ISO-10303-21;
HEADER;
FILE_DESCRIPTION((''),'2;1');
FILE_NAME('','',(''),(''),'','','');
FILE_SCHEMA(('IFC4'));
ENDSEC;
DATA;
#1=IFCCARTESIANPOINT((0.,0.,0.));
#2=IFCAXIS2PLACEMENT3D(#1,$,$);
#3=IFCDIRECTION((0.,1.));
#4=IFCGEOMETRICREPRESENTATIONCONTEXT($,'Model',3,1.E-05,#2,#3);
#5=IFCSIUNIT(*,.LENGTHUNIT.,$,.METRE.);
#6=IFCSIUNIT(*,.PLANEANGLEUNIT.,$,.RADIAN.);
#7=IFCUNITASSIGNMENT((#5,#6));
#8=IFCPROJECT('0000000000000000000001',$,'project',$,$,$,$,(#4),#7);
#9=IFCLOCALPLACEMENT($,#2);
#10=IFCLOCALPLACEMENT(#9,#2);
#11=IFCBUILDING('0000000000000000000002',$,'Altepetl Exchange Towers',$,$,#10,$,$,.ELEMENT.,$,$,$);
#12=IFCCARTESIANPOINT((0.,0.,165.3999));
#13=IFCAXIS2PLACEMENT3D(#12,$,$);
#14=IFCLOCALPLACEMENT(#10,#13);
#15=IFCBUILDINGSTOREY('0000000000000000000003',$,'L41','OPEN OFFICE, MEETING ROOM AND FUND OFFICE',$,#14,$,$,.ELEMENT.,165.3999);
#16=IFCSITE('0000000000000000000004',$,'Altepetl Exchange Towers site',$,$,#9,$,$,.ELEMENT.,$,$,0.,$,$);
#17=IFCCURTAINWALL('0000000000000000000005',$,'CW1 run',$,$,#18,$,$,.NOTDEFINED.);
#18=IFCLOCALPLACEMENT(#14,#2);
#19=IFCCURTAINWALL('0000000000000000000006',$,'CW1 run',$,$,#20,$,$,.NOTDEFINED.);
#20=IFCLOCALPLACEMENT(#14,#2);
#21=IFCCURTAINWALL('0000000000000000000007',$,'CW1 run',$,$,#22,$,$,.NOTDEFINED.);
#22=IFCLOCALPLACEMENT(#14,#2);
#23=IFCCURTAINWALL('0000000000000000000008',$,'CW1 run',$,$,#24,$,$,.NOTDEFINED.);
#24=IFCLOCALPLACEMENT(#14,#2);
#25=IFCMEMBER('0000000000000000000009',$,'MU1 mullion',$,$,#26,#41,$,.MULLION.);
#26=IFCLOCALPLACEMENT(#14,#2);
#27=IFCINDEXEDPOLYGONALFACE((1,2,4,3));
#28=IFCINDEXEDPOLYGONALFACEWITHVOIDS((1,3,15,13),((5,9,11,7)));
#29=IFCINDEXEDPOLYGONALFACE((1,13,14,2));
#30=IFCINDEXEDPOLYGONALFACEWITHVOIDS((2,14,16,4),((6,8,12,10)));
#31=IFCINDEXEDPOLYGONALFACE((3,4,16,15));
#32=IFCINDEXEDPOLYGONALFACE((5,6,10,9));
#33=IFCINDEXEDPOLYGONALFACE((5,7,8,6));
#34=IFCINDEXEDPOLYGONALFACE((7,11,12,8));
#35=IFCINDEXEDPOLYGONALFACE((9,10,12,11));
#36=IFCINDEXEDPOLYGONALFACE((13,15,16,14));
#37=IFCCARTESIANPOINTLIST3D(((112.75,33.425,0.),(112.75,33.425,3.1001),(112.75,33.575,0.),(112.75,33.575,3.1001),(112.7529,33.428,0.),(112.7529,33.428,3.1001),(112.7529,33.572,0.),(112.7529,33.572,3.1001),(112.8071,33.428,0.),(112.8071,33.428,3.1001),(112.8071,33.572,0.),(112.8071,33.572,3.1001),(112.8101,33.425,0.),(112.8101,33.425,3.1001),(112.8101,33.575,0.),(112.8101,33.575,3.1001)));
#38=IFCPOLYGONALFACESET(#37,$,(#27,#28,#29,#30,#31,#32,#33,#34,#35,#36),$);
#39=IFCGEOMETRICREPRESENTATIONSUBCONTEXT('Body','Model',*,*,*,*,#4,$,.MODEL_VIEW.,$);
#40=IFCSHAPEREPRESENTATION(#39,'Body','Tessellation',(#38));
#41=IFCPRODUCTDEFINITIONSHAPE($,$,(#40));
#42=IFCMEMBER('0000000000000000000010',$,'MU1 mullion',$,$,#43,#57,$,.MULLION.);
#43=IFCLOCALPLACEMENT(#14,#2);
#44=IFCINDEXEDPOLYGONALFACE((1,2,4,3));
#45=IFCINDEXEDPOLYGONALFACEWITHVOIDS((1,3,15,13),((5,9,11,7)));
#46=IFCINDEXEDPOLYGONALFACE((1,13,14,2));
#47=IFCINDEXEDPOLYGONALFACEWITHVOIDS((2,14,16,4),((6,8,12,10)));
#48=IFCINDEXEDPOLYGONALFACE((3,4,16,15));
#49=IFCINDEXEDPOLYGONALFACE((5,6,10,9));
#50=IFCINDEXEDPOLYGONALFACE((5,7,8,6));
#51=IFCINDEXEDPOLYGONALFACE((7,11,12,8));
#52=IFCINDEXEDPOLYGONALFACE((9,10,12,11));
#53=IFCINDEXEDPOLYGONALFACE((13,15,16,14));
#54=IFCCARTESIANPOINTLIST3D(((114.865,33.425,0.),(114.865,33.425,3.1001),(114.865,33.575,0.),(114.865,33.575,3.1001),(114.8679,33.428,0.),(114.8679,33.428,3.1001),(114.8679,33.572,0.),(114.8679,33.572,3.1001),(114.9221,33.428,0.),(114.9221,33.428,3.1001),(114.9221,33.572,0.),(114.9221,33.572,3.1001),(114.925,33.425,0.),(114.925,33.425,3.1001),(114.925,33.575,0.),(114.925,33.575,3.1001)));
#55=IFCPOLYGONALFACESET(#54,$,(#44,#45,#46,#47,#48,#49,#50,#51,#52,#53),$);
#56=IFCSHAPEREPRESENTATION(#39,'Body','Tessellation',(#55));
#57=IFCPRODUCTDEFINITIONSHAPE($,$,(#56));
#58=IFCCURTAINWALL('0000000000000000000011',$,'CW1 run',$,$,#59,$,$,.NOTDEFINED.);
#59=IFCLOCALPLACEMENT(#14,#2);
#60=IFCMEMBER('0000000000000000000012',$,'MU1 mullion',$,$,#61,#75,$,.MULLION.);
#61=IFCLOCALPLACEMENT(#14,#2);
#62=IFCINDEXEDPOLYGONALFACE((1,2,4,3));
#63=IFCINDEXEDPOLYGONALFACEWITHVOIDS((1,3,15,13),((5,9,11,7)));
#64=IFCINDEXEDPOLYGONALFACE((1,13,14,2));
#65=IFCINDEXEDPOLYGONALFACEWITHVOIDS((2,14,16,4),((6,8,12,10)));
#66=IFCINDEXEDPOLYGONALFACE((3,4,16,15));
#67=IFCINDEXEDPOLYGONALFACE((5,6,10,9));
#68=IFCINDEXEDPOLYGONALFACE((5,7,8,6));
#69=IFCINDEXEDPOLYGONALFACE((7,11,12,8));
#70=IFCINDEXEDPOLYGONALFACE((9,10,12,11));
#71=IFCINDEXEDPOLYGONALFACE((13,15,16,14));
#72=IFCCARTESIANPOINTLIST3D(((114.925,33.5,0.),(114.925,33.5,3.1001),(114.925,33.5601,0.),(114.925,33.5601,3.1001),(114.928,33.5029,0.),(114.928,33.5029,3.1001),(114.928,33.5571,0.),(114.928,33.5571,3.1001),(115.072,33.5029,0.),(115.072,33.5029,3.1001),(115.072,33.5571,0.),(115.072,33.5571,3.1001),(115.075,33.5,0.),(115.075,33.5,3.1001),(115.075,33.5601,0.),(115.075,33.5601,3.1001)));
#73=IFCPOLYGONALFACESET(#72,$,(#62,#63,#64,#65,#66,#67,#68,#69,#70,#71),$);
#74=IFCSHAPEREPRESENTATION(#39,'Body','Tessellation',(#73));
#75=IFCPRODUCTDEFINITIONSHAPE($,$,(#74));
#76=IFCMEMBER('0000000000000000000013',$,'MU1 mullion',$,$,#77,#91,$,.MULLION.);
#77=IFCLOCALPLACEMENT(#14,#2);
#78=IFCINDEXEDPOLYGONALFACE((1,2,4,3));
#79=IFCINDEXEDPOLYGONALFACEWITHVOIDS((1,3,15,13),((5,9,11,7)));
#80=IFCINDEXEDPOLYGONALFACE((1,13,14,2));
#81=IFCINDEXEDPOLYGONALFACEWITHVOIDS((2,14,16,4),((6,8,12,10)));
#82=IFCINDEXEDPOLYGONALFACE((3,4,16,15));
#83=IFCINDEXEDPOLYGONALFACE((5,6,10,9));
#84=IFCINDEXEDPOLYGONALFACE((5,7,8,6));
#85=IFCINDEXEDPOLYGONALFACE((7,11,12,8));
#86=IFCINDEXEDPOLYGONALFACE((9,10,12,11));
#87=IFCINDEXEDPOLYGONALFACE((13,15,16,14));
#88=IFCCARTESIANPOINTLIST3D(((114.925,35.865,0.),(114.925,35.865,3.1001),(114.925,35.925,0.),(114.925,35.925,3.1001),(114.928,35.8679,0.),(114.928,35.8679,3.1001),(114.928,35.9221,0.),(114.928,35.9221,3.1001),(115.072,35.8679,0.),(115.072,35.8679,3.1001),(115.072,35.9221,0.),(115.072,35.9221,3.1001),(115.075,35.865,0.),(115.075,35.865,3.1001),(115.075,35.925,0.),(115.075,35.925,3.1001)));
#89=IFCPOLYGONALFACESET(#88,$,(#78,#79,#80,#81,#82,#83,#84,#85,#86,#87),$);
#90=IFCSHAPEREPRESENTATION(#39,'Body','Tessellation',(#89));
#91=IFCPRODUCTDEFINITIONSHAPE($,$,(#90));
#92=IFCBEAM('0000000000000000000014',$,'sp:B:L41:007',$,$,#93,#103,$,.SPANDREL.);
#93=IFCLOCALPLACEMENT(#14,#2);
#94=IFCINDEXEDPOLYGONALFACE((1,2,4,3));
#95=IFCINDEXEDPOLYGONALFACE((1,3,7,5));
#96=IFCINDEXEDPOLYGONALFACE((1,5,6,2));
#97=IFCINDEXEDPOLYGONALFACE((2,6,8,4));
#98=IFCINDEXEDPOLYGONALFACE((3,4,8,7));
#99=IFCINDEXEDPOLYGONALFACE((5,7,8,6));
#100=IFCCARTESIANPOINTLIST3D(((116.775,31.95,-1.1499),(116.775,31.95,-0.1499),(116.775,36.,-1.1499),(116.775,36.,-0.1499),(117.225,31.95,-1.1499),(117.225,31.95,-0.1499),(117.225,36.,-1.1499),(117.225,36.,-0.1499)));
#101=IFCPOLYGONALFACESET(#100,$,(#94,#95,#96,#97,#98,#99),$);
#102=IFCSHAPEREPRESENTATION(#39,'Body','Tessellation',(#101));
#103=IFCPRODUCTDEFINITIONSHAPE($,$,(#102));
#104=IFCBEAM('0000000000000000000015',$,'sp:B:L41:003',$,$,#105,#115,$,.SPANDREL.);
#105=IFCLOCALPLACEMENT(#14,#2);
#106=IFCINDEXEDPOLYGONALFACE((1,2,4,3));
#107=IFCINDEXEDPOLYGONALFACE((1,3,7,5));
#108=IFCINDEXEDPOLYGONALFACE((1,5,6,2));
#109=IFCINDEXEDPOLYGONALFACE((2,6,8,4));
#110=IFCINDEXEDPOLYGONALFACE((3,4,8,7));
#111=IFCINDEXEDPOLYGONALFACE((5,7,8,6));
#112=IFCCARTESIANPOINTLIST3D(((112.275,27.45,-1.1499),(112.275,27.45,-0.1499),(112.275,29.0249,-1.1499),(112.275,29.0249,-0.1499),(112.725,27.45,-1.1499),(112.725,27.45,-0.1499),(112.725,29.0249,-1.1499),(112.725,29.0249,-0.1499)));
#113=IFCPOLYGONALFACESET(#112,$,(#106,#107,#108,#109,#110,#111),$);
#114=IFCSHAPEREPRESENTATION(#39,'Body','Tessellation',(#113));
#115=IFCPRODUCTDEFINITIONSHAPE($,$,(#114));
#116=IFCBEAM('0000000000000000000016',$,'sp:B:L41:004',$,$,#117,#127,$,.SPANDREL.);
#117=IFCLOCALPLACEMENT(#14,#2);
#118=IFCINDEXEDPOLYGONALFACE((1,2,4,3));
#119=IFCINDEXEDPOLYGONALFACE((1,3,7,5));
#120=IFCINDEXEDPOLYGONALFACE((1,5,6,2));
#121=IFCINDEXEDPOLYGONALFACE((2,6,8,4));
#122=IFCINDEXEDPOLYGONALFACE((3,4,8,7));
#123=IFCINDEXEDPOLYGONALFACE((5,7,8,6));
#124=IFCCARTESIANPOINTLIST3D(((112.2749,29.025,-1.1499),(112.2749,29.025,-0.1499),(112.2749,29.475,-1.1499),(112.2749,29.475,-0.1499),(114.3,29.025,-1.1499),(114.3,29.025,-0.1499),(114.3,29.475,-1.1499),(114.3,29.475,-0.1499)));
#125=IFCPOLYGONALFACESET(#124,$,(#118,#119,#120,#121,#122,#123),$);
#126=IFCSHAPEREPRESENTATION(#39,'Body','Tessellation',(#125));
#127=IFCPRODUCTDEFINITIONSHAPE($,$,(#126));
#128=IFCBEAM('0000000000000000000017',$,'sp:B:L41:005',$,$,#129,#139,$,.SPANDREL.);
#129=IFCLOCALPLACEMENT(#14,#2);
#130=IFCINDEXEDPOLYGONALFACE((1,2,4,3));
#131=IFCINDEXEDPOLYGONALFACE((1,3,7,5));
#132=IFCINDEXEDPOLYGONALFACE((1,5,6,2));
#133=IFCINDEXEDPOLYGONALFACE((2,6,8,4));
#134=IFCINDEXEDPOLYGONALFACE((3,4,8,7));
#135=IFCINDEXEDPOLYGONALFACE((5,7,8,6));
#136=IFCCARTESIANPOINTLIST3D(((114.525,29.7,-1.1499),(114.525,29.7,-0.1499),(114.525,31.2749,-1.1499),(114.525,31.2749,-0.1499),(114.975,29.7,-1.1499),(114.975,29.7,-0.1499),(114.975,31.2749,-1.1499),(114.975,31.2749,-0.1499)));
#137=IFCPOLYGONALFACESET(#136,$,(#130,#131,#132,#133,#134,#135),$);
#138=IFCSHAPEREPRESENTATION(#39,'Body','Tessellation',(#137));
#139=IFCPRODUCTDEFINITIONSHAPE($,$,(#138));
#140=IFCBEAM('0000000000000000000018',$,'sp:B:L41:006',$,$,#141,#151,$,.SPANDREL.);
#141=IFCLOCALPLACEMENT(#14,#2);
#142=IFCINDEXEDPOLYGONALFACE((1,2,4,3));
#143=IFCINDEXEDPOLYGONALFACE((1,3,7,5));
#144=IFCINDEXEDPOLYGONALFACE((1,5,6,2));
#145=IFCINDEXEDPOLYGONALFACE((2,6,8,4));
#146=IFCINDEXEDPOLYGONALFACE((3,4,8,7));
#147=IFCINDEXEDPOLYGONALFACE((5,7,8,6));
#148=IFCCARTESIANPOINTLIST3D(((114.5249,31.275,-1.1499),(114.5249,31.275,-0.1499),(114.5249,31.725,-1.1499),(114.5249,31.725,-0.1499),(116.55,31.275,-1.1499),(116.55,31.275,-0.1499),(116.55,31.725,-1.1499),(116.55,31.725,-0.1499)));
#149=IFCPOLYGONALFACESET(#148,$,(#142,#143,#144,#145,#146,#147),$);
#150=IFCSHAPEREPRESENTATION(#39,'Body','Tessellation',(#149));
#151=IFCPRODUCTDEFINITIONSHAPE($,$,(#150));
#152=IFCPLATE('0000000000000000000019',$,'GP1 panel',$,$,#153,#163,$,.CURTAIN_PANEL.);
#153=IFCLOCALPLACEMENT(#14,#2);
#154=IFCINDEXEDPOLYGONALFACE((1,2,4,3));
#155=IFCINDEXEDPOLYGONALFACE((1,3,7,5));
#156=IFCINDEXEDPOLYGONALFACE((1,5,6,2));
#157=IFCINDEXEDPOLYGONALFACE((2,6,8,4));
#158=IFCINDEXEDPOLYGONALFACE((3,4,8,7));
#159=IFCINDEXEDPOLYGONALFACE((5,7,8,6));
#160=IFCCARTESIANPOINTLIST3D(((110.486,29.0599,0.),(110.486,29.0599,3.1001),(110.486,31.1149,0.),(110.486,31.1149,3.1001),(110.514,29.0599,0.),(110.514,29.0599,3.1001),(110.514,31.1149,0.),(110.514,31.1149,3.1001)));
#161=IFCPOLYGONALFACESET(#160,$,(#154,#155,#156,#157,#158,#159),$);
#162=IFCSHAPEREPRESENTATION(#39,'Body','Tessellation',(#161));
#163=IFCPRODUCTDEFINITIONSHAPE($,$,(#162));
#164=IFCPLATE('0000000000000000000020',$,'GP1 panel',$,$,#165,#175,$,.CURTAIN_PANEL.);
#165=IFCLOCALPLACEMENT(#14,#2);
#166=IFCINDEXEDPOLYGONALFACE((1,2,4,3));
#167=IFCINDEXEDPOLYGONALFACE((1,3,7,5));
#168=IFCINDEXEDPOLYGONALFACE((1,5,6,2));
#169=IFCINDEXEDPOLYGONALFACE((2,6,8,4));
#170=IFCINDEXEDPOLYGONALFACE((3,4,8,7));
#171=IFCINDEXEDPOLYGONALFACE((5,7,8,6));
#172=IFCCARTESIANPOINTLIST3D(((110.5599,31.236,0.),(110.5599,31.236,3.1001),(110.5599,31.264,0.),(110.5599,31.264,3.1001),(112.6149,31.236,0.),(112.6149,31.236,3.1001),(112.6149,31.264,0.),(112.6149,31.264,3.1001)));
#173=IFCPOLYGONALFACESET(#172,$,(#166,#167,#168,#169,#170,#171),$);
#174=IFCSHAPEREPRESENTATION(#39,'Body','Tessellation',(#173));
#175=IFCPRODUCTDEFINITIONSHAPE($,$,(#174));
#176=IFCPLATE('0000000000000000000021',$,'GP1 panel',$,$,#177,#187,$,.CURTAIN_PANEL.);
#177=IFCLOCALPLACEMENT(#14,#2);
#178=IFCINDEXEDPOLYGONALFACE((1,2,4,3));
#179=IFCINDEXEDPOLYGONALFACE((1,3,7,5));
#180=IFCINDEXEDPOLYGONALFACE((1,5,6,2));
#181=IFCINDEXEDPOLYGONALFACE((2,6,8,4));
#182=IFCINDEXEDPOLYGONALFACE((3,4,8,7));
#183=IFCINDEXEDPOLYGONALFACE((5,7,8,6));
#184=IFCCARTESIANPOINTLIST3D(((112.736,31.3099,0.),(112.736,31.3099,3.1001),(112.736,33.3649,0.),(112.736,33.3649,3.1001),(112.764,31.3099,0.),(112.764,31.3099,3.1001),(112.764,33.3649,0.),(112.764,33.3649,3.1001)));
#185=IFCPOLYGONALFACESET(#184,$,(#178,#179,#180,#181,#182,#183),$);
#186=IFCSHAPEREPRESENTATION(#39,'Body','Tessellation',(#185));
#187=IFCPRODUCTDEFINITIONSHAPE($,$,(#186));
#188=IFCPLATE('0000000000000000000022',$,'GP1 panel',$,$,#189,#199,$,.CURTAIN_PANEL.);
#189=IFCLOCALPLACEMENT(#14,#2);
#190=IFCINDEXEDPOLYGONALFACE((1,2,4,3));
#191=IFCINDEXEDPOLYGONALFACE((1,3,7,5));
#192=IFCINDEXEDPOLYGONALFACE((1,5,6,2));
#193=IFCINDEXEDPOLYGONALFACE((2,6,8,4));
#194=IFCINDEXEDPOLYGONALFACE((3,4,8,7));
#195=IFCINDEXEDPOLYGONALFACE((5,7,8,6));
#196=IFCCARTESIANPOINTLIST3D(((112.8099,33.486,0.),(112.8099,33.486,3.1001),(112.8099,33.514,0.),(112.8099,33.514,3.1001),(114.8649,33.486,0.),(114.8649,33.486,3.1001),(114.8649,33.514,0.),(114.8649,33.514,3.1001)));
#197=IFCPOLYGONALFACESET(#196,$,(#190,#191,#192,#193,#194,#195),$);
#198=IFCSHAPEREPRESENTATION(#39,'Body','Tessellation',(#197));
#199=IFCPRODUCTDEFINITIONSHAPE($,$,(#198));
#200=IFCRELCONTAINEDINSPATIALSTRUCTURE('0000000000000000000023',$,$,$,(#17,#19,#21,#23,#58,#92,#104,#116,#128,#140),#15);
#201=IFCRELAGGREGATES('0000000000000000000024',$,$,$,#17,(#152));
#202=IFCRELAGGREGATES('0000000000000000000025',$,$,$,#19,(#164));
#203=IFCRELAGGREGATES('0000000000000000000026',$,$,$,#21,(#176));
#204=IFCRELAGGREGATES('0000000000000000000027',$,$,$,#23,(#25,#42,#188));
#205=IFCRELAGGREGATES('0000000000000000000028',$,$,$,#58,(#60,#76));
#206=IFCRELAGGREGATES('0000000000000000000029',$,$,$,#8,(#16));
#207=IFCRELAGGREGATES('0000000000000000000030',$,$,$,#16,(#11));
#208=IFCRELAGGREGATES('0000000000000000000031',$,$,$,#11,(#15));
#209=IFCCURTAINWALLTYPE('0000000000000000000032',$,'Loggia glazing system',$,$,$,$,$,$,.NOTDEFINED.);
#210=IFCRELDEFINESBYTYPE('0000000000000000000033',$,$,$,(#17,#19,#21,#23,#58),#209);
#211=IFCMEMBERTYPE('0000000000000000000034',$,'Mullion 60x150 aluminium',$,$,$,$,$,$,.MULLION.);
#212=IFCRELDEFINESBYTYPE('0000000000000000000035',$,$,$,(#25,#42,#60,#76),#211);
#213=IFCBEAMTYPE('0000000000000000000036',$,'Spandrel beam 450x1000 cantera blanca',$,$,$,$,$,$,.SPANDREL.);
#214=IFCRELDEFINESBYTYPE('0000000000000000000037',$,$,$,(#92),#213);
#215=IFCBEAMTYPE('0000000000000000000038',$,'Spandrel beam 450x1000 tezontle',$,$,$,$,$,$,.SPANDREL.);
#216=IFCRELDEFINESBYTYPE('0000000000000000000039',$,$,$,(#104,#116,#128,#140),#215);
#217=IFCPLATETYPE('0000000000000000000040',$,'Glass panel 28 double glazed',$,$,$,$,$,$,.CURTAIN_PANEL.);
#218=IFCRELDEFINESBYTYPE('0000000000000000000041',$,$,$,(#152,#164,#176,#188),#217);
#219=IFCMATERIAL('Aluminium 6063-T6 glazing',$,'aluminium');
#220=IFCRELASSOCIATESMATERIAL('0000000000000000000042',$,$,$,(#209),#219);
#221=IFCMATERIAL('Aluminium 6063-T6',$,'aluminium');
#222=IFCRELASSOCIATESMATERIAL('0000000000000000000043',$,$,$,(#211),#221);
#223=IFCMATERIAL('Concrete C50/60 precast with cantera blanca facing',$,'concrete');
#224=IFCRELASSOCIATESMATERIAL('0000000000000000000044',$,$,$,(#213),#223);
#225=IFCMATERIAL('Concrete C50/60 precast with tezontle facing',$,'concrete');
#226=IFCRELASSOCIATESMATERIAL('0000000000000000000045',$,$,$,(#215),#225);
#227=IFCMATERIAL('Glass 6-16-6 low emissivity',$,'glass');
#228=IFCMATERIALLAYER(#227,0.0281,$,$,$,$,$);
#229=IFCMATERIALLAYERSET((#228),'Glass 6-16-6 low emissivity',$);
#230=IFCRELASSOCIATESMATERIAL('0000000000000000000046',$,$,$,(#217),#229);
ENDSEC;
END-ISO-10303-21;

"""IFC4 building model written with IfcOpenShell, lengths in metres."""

from ifc_helpers import new_model, si_unit, direction, frame, origin, origin_2d, place, context, subcontext, project, spatial, rectangle, hollow_rectangle, extrude, material, layer, layer_set, material_profile, profile_set, type_object, element, aggregate, save


model = new_model("IFC4")

# Units and contexts
model_context = context("Model", 3, precision=1e-05, world=origin(), true_north=direction((0.0, 1.0)))
body_context = subcontext(model_context, "Body", "Model", "MODEL_VIEW")
ifc_project = project(units=[si_unit("LENGTHUNIT", "METRE"), si_unit("PLANEANGLEUNIT", "RADIAN")], contexts=[model_context])

# Site, building, storey
site_placement = place(None, origin())
site = spatial("IfcSite", under=ifc_project, at=site_placement, Name="Altepetl Exchange Towers site", CompositionType="ELEMENT", RefElevation=0.0)
building_placement = place(site_placement, origin())
building = spatial("IfcBuilding", under=site, at=building_placement, Name="Altepetl Exchange Towers", CompositionType="ELEMENT")
storey_placement = place(building_placement, frame((0.0, 0.0, 165.3999)))
storey = spatial("IfcBuildingStorey", under=building, at=storey_placement, Name="L41", Description="OPEN OFFICE, MEETING ROOM AND FUND OFFICE", CompositionType="ELEMENT", Elevation=165.3999)

# Shared definitions
ifc_material_1 = material(Name="Aluminium 6063-T6 glazing", Category="aluminium")
curtain_wall_type = type_object("IfcCurtainWallType", Name="Loggia glazing system", PredefinedType="NOTDEFINED", material=ifc_material_1)
ifc_material_2 = material(Name="Aluminium 6063-T6", Category="aluminium")
ifc_material_profile_1 = material_profile(ifc_material_2, hollow_rectangle(XDim=0.0601, YDim=0.1499, WallThickness=0.0029, at=origin_2d()), Name="Mullion 60x150 aluminium")
ifc_profile_set_1 = profile_set([ifc_material_profile_1], Name="Aluminium 6063-T6")
member_type = type_object("IfcMemberType", Name="Mullion 60x150 aluminium", PredefinedType="MULLION", material=ifc_profile_set_1)

# Curtain walls, members
curtain_wall_1_placement = place(storey_placement, origin())
curtain_wall_1 = element("IfcCurtainWall", 1, at=curtain_wall_1_placement, inside=storey, type_object=curtain_wall_type, Name="CW1 run", PredefinedType="NOTDEFINED")
curtain_wall_2_placement = place(storey_placement, origin())
curtain_wall_2 = element("IfcCurtainWall", 2, at=curtain_wall_2_placement, inside=storey, type_object=curtain_wall_type, Name="CW1 run", PredefinedType="NOTDEFINED")
curtain_wall_3_placement = place(storey_placement, origin())
curtain_wall_3 = element("IfcCurtainWall", 3, at=curtain_wall_3_placement, inside=storey, type_object=curtain_wall_type, Name="CW1 run", PredefinedType="NOTDEFINED")
curtain_wall_4_placement = place(storey_placement, origin())
curtain_wall_4 = element("IfcCurtainWall", 4, at=curtain_wall_4_placement, inside=storey, type_object=curtain_wall_type, Name="CW1 run", PredefinedType="NOTDEFINED")
member_1_placement = place(storey_placement, frame((112.78, 33.5, 0.0)))
member_1 = element("IfcMember", 5, at=member_1_placement, type_object=member_type, Name="MU1 mullion", PredefinedType="MULLION", context=body_context, shape_type="SweptSolid", body=[
    extrude(hollow_rectangle(XDim=0.0601, YDim=0.1499, WallThickness=0.0029, at=origin_2d()), origin(), (0.0, 0.0, 1.0), 3.1001),
])
member_2_placement = place(storey_placement, frame((114.895, 33.5, 0.0)))
member_2 = element("IfcMember", 6, at=member_2_placement, type_object=member_type, Name="MU1 mullion", PredefinedType="MULLION", context=body_context, shape_type="SweptSolid", body=[
    extrude(hollow_rectangle(XDim=0.0601, YDim=0.1499, WallThickness=0.0029, at=origin_2d()), origin(), (0.0, 0.0, 1.0), 3.1001),
])
curtain_wall_5_placement = place(storey_placement, origin())
curtain_wall_5 = element("IfcCurtainWall", 7, at=curtain_wall_5_placement, inside=storey, type_object=curtain_wall_type, Name="CW1 run", PredefinedType="NOTDEFINED")
member_3_placement = place(storey_placement, frame((115.0, 33.53, 0.0), z_axis=(0.0, 0.0, 1.0), x_axis=(0.0, 1.0, 0.0)))
member_3 = element("IfcMember", 8, at=member_3_placement, type_object=member_type, Name="MU1 mullion", PredefinedType="MULLION", context=body_context, shape_type="SweptSolid", body=[
    extrude(hollow_rectangle(XDim=0.0601, YDim=0.1499, WallThickness=0.0029, at=origin_2d()), origin(), (0.0, 0.0, 1.0), 3.1001),
])
member_4_placement = place(storey_placement, frame((115.0, 35.895, 0.0), z_axis=(0.0, 0.0, 1.0), x_axis=(0.0, 1.0, 0.0)))
member_4 = element("IfcMember", 9, at=member_4_placement, type_object=member_type, Name="MU1 mullion", PredefinedType="MULLION", context=body_context, shape_type="SweptSolid", body=[
    extrude(hollow_rectangle(XDim=0.0601, YDim=0.1499, WallThickness=0.0029, at=origin_2d()), origin(), (0.0, 0.0, 1.0), 3.1001),
])

# Beams
ifc_material_3 = material(Name="Concrete C50/60 precast with cantera blanca facing", Category="concrete")
ifc_material_profile_2 = material_profile(ifc_material_3, rectangle(XDim=0.45, YDim=1.0, at=origin_2d()), Name="450 x 1000")
ifc_profile_set_2 = profile_set([ifc_material_profile_2], Name="Concrete C50/60 precast with cantera blanca facing")
beam_type_1 = type_object("IfcBeamType", Name="Spandrel beam 450x1000 cantera blanca", PredefinedType="SPANDREL", material=ifc_profile_set_2)
beam_1_placement = place(storey_placement, frame((117.0, 31.95, -0.6499), z_axis=(0.0, 1.0, 0.0), x_axis=(-1.0, 0.0, 0.0)))
element("IfcBeam", 10, at=beam_1_placement, inside=storey, type_object=beam_type_1, Name="sp:B:L41:007", PredefinedType="SPANDREL", context=body_context, shape_type="SweptSolid", body=[
    extrude(rectangle(XDim=0.45, YDim=1.0, at=origin_2d()), origin(), (0.0, 0.0, 1.0), 4.05),
])
ifc_material_4 = material(Name="Concrete C50/60 precast with tezontle facing", Category="concrete")
ifc_material_profile_3 = material_profile(ifc_material_4, rectangle(XDim=0.45, YDim=1.0, at=origin_2d()), Name="450 x 1000")
ifc_profile_set_3 = profile_set([ifc_material_profile_3], Name="Concrete C50/60 precast with tezontle facing")
beam_type_2 = type_object("IfcBeamType", Name="Spandrel beam 450x1000 tezontle", PredefinedType="SPANDREL", material=ifc_profile_set_3)
beam_2_placement = place(storey_placement, frame((112.5, 27.45, -0.6499), z_axis=(0.0, 1.0, 0.0), x_axis=(-1.0, 0.0, 0.0)))
element("IfcBeam", 11, at=beam_2_placement, inside=storey, type_object=beam_type_2, Name="sp:B:L41:003", PredefinedType="SPANDREL", context=body_context, shape_type="SweptSolid", body=[
    extrude(rectangle(XDim=0.45, YDim=1.0, at=origin_2d()), origin(), (0.0, 0.0, 1.0), 1.575),
])
beam_3_placement = place(storey_placement, frame((112.2749, 29.25, -0.6499), z_axis=(1.0, 0.0, 0.0), x_axis=(0.0, 1.0, 0.0)))
element("IfcBeam", 12, at=beam_3_placement, inside=storey, type_object=beam_type_2, Name="sp:B:L41:004", PredefinedType="SPANDREL", context=body_context, shape_type="SweptSolid", body=[
    extrude(rectangle(XDim=0.45, YDim=1.0, at=origin_2d()), origin(), (0.0, 0.0, 1.0), 2.0251),
])
beam_4_placement = place(storey_placement, frame((114.75, 29.7, -0.6499), z_axis=(0.0, 1.0, 0.0), x_axis=(-1.0, 0.0, 0.0)))
element("IfcBeam", 13, at=beam_4_placement, inside=storey, type_object=beam_type_2, Name="sp:B:L41:005", PredefinedType="SPANDREL", context=body_context, shape_type="SweptSolid", body=[
    extrude(rectangle(XDim=0.45, YDim=1.0, at=origin_2d()), origin(), (0.0, 0.0, 1.0), 1.575),
])
beam_5_placement = place(storey_placement, frame((114.5249, 31.5, -0.6499), z_axis=(1.0, 0.0, 0.0), x_axis=(0.0, 1.0, 0.0)))
element("IfcBeam", 14, at=beam_5_placement, inside=storey, type_object=beam_type_2, Name="sp:B:L41:006", PredefinedType="SPANDREL", context=body_context, shape_type="SweptSolid", body=[
    extrude(rectangle(XDim=0.45, YDim=1.0, at=origin_2d()), origin(), (0.0, 0.0, 1.0), 2.0251),
])

# Plates
ifc_material_5 = material(Name="Glass 6-16-6 low emissivity", Category="glass")
ifc_layer_1 = layer(ifc_material_5, 0.0281)
ifc_layer_set_1 = layer_set([ifc_layer_1], Name="Glass 6-16-6 low emissivity")
plate_type = type_object("IfcPlateType", Name="Glass panel 28 double glazed", PredefinedType="CURTAIN_PANEL", material=ifc_layer_set_1)
plate_1_placement = place(storey_placement, frame((110.5, 30.0874, 0.0), z_axis=(0.0, 0.0, 1.0), x_axis=(0.0, 1.0, 0.0)))
plate_1 = element("IfcPlate", 15, at=plate_1_placement, type_object=plate_type, Name="GP1 panel", PredefinedType="CURTAIN_PANEL", context=body_context, shape_type="SweptSolid", body=[
    extrude(rectangle(XDim=2.0549, YDim=0.0281, at=origin_2d()), origin(), (0.0, 0.0, 1.0), 3.1001),
])
aggregate(curtain_wall_1, [plate_1])
plate_2_placement = place(storey_placement, frame((111.5874, 31.25, 0.0)))
plate_2 = element("IfcPlate", 16, at=plate_2_placement, type_object=plate_type, Name="GP1 panel", PredefinedType="CURTAIN_PANEL", context=body_context, shape_type="SweptSolid", body=[
    extrude(rectangle(XDim=2.0549, YDim=0.0281, at=origin_2d()), origin(), (0.0, 0.0, 1.0), 3.1001),
])
aggregate(curtain_wall_2, [plate_2])
plate_3_placement = place(storey_placement, frame((112.75, 32.3374, 0.0), z_axis=(0.0, 0.0, 1.0), x_axis=(0.0, 1.0, 0.0)))
plate_3 = element("IfcPlate", 17, at=plate_3_placement, type_object=plate_type, Name="GP1 panel", PredefinedType="CURTAIN_PANEL", context=body_context, shape_type="SweptSolid", body=[
    extrude(rectangle(XDim=2.0549, YDim=0.0281, at=origin_2d()), origin(), (0.0, 0.0, 1.0), 3.1001),
])
aggregate(curtain_wall_3, [plate_3])
plate_4_placement = place(storey_placement, frame((113.8374, 33.5, 0.0)))
plate_4 = element("IfcPlate", 18, at=plate_4_placement, type_object=plate_type, Name="GP1 panel", PredefinedType="CURTAIN_PANEL", context=body_context, shape_type="SweptSolid", body=[
    extrude(rectangle(XDim=2.0549, YDim=0.0281, at=origin_2d()), origin(), (0.0, 0.0, 1.0), 3.1001),
])
aggregate(curtain_wall_4, [member_1, member_2, plate_4])
aggregate(curtain_wall_5, [member_3, member_4])

save(model, "model.ifc")
